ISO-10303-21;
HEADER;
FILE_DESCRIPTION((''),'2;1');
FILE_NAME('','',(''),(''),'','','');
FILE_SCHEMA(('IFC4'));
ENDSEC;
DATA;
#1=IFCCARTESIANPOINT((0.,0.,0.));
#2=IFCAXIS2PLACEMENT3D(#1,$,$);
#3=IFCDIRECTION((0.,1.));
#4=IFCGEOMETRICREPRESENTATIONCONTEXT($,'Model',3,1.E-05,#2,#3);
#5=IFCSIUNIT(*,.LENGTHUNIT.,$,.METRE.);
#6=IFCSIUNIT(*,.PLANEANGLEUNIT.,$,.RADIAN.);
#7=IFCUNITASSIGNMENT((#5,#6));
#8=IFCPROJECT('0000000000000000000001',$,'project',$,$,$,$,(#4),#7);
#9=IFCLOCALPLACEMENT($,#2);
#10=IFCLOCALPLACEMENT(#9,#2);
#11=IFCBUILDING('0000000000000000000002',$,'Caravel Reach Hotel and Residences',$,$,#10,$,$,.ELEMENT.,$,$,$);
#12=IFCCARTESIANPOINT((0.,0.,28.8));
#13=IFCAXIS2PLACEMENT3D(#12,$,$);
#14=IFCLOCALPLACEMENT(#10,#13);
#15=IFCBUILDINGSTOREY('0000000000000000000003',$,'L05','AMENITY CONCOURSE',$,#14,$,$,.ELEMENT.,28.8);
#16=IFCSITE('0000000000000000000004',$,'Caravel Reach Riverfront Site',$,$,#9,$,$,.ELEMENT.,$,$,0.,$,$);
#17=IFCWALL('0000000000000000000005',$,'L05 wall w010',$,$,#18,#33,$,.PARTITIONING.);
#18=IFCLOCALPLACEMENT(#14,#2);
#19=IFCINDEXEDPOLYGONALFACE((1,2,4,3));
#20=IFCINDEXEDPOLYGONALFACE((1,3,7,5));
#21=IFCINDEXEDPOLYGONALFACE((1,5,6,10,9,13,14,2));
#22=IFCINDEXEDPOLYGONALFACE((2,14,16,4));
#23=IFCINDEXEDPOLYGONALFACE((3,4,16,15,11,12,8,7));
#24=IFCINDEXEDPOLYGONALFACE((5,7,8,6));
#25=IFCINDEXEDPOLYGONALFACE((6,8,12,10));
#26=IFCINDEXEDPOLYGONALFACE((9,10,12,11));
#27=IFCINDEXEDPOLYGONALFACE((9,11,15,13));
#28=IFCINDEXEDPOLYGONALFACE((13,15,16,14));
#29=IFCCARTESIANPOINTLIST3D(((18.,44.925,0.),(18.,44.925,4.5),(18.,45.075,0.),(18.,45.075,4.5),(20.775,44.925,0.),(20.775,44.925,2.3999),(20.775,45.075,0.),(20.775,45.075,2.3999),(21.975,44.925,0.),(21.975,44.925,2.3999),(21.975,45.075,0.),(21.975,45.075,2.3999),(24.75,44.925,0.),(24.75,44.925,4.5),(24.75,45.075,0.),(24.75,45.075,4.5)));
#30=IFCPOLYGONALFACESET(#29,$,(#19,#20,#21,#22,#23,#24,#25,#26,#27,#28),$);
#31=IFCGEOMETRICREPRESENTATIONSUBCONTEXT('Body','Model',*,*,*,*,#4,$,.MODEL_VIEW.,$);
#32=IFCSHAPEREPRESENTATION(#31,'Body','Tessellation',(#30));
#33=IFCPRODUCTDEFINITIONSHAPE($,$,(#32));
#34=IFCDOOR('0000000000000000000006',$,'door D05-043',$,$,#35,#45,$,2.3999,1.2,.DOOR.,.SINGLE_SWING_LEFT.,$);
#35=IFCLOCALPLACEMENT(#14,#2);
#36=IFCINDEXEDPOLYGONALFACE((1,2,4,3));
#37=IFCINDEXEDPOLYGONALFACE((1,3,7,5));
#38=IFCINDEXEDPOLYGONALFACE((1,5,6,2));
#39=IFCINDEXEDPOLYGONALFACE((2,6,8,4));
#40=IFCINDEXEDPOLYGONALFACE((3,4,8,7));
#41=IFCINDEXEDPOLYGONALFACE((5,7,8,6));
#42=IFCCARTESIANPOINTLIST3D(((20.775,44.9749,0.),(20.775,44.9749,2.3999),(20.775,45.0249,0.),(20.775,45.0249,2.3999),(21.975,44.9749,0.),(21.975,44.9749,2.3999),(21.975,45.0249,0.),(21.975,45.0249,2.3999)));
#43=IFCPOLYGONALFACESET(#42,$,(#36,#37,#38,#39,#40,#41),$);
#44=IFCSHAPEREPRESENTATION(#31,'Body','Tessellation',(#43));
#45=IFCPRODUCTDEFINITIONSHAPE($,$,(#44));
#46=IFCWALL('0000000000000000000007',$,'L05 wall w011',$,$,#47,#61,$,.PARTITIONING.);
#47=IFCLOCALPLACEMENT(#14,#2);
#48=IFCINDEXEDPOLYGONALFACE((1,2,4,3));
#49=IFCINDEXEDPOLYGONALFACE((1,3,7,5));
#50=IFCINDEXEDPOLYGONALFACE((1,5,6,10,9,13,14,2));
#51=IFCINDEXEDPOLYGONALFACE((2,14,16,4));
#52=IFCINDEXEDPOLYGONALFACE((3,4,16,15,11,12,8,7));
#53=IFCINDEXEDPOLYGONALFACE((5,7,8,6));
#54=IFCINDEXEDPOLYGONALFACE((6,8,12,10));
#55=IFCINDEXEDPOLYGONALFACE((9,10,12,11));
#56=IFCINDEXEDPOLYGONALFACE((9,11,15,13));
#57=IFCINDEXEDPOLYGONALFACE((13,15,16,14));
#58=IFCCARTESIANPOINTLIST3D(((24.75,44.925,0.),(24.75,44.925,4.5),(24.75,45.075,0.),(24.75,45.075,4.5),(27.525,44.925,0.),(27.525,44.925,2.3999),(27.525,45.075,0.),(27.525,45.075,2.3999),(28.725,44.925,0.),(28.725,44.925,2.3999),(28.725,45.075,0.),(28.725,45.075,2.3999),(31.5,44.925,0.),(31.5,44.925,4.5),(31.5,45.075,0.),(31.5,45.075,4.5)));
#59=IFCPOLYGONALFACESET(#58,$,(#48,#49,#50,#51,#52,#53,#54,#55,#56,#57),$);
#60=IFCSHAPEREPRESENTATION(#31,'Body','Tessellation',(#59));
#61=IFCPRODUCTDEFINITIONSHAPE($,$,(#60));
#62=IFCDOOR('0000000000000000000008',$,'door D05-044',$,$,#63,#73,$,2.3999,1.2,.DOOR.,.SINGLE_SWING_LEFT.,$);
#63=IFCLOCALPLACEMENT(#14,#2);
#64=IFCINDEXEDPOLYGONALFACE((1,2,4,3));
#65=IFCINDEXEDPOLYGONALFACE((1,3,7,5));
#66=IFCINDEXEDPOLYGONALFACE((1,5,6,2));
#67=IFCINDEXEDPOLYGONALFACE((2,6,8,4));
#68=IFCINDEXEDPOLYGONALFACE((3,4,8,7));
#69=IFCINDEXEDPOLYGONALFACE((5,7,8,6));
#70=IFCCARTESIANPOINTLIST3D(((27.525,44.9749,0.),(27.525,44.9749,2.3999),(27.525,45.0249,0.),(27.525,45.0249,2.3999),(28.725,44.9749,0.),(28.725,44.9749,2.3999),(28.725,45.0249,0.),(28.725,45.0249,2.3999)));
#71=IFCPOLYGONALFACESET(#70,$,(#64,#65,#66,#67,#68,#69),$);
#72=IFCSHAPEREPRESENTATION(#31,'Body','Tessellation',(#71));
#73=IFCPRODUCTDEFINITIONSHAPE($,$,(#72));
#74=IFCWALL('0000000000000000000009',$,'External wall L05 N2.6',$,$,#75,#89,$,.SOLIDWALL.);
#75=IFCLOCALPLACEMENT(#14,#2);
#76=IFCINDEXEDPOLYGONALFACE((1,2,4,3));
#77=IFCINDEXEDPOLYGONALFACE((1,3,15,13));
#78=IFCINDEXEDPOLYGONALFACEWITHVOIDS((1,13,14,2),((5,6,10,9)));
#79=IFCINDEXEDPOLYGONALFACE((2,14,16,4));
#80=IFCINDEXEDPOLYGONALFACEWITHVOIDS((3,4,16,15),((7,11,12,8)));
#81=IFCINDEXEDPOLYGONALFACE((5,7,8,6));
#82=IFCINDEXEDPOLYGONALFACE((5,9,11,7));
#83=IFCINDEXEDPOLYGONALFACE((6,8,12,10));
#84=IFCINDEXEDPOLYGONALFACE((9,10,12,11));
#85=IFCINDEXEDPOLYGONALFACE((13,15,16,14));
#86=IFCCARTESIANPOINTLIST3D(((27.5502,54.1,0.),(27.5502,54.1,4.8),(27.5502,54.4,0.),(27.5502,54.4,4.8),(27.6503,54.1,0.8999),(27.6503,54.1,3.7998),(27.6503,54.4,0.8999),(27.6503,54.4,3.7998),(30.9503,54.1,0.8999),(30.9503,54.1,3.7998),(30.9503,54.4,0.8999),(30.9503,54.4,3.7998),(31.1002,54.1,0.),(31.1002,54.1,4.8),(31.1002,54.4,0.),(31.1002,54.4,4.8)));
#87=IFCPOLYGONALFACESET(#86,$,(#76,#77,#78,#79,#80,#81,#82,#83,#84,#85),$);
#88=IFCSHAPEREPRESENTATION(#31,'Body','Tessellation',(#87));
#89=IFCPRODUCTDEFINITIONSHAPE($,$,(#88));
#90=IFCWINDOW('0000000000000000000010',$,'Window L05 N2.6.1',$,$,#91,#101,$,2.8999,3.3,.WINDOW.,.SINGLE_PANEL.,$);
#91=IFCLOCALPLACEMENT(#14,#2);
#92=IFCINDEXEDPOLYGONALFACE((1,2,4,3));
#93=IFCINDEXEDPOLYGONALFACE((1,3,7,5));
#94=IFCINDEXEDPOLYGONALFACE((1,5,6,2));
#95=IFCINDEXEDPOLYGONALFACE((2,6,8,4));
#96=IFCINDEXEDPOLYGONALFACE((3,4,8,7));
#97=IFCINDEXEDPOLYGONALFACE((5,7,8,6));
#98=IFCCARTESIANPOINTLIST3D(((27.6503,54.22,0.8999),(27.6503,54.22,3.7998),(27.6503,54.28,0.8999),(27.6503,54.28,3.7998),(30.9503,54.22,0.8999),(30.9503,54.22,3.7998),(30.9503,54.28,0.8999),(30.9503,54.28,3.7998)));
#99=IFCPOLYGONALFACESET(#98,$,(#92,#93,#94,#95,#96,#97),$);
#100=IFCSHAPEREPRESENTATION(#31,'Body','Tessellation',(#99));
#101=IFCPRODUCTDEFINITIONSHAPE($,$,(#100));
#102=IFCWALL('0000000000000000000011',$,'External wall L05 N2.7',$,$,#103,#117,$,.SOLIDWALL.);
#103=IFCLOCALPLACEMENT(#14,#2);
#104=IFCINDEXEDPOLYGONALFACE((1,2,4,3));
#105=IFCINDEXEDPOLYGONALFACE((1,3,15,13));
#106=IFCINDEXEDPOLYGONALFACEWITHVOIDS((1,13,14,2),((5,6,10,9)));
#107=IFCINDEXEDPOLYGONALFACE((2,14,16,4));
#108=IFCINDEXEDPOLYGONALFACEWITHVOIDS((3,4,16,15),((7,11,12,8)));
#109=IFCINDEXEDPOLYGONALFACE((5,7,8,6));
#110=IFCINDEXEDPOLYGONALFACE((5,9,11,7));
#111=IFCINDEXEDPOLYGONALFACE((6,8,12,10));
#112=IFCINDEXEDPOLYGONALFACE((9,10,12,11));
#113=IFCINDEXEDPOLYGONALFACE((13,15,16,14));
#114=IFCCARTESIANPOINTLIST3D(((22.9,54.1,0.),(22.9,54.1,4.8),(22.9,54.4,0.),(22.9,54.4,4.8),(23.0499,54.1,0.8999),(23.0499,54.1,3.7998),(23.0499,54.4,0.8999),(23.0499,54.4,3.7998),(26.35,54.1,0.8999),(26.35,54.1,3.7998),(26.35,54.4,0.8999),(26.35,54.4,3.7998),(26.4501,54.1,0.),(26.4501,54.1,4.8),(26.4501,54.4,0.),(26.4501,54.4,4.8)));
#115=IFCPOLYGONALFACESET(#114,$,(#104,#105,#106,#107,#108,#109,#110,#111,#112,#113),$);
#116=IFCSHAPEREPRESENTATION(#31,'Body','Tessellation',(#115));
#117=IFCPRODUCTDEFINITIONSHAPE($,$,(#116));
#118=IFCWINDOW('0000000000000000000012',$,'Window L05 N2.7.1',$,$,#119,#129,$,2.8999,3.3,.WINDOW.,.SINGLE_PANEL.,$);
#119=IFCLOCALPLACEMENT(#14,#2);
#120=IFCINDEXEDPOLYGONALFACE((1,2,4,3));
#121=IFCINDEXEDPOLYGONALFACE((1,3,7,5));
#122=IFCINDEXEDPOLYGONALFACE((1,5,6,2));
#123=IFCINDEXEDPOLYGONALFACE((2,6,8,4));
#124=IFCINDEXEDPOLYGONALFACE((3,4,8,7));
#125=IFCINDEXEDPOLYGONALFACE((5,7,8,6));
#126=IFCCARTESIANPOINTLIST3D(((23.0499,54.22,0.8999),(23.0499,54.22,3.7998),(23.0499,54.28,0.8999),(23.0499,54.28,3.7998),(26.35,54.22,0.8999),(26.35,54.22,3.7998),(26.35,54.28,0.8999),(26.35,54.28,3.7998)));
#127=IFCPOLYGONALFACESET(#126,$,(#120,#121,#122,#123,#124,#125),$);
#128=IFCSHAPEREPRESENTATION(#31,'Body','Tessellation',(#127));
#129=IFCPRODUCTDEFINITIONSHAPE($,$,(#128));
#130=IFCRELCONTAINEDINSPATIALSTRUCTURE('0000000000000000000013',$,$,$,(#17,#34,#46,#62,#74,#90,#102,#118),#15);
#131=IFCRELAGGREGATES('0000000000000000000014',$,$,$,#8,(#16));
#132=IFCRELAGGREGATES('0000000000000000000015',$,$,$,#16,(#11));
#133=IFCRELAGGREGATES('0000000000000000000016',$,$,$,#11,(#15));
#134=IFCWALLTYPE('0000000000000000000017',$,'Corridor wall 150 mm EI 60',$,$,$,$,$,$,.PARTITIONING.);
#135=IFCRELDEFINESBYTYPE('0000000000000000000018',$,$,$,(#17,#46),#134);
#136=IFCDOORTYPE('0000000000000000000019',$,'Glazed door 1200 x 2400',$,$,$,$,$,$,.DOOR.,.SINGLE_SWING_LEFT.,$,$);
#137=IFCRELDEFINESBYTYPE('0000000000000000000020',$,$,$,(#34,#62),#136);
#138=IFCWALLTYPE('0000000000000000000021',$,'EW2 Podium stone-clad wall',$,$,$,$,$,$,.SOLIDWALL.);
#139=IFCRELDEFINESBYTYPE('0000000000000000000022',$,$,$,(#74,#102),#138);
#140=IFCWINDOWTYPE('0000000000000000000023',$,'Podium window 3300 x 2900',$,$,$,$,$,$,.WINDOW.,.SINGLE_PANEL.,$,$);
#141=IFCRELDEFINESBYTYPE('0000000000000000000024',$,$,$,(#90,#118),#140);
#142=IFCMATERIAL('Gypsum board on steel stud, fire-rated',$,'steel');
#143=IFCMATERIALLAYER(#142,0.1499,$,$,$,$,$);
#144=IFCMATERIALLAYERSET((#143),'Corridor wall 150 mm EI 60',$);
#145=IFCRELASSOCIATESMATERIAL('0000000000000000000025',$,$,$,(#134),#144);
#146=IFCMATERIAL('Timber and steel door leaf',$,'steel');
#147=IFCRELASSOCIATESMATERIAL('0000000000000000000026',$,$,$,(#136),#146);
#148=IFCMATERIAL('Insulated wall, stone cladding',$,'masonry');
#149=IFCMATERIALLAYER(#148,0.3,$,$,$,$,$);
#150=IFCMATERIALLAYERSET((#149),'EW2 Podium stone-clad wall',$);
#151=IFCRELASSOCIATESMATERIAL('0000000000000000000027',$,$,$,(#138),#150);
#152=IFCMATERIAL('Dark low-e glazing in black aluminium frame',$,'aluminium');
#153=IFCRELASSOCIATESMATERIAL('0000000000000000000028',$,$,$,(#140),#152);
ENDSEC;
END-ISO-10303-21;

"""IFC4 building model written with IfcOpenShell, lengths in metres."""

from ifc_helpers import new_model, si_unit, direction, frame, frame_2d, origin, place, context, subcontext, project, spatial, rectangle, extrude, material, layer, layer_set, type_object, element, fill, save


model = new_model("IFC4")

# Units and contexts
model_context = context("Model", 3, precision=1e-05, world=origin(), true_north=direction((0.0, 1.0)))
body_context = subcontext(model_context, "Body", "Model", "MODEL_VIEW")
ifc_project = project(units=[si_unit("LENGTHUNIT", "METRE"), si_unit("PLANEANGLEUNIT", "RADIAN")], contexts=[model_context])

# Site, building, storey
site_placement = place(None, origin())
site = spatial("IfcSite", under=ifc_project, at=site_placement, Name="Caravel Reach Riverfront Site", CompositionType="ELEMENT", RefElevation=0.0)
building_placement = place(site_placement, origin())
building = spatial("IfcBuilding", under=site, at=building_placement, Name="Caravel Reach Hotel and Residences", CompositionType="ELEMENT")
storey_placement = place(building_placement, frame((0.0, 0.0, 28.8)))
storey = spatial("IfcBuildingStorey", under=building, at=storey_placement, Name="L05", Description="AMENITY CONCOURSE", CompositionType="ELEMENT", Elevation=28.8)

# Walls, openings, doors
ifc_material_1 = material(Name="Gypsum board on steel stud, fire-rated", Category="steel")
ifc_layer_1 = layer(ifc_material_1, 0.1499)
ifc_layer_set_1 = layer_set([ifc_layer_1], Name="Corridor wall 150 mm EI 60")
wall_type_1 = type_object("IfcWallType", Name="Corridor wall 150 mm EI 60", PredefinedType="PARTITIONING", material=ifc_layer_set_1)
wall_1_placement = place(storey_placement, frame((18.0, 45.0, 0.0), z_axis=(0.0, 0.0, 1.0), x_axis=(1.0, 0.0, 0.0)))
wall_1 = element("IfcWall", 1, at=wall_1_placement, inside=storey, type_object=wall_type_1, Name="L05 wall w010", PredefinedType="PARTITIONING", context=body_context, shape_type="SweptSolid", body=[
    extrude(rectangle(XDim=6.75, YDim=0.1499, at=frame_2d((3.375, 0.0))), origin(), (0.0, 0.0, 1.0), 4.5),
])
opening_1_placement = place(wall_1_placement, frame((2.7749, 0.0, 0.0)))
opening_1 = element("IfcOpeningElement", 2, at=opening_1_placement, cuts=wall_1, PredefinedType="OPENING", context=body_context, shape_type="SweptSolid", body=[
    extrude(rectangle(XDim=1.2, YDim=2.3999, at=frame_2d((0.6001, 1.2))), frame((0.0, 0.085, 0.0), z_axis=(0.0, -1.0, 0.0), x_axis=(1.0, 0.0, 0.0)), (0.0, 0.0, 1.0), 0.1699),
])
ifc_material_2 = material(Name="Timber and steel door leaf", Category="steel")
door_type = type_object("IfcDoorType", Name="Glazed door 1200 x 2400", OperationType="SINGLE_SWING_LEFT", PredefinedType="DOOR", material=ifc_material_2)
door_1_placement = place(opening_1_placement, origin())
door_1 = element("IfcDoor", 3, at=door_1_placement, inside=storey, type_object=door_type, Name="door D05-043", OperationType="SINGLE_SWING_LEFT", OverallHeight=2.3999, OverallWidth=1.2, PredefinedType="DOOR", context=body_context, shape_type="SweptSolid", body=[
    extrude(rectangle(XDim=1.2, YDim=2.3999, at=frame_2d((0.6001, 1.2))), frame((0.0, 0.0249, 0.0), z_axis=(0.0, -1.0, 0.0), x_axis=(1.0, 0.0, 0.0)), (0.0, 0.0, 1.0), 0.05),
])
fill(opening_1, door_1)
wall_2_placement = place(storey_placement, frame((24.75, 45.0, 0.0), z_axis=(0.0, 0.0, 1.0), x_axis=(1.0, 0.0, 0.0)))
wall_2 = element("IfcWall", 4, at=wall_2_placement, inside=storey, type_object=wall_type_1, Name="L05 wall w011", PredefinedType="PARTITIONING", context=body_context, shape_type="SweptSolid", body=[
    extrude(rectangle(XDim=6.75, YDim=0.1499, at=frame_2d((3.375, 0.0))), origin(), (0.0, 0.0, 1.0), 4.5),
])
opening_2_placement = place(wall_2_placement, frame((2.7749, 0.0, 0.0)))
opening_2 = element("IfcOpeningElement", 5, at=opening_2_placement, cuts=wall_2, PredefinedType="OPENING", context=body_context, shape_type="SweptSolid", body=[
    extrude(rectangle(XDim=1.2, YDim=2.3999, at=frame_2d((0.6001, 1.2))), frame((0.0, 0.085, 0.0), z_axis=(0.0, -1.0, 0.0), x_axis=(1.0, 0.0, 0.0)), (0.0, 0.0, 1.0), 0.1699),
])
door_2_placement = place(opening_2_placement, origin())
door_2 = element("IfcDoor", 6, at=door_2_placement, inside=storey, type_object=door_type, Name="door D05-044", OperationType="SINGLE_SWING_LEFT", OverallHeight=2.3999, OverallWidth=1.2, PredefinedType="DOOR", context=body_context, shape_type="SweptSolid", body=[
    extrude(rectangle(XDim=1.2, YDim=2.3999, at=frame_2d((0.6001, 1.2))), frame((0.0, 0.0249, 0.0), z_axis=(0.0, -1.0, 0.0), x_axis=(1.0, 0.0, 0.0)), (0.0, 0.0, 1.0), 0.05),
])
fill(opening_2, door_2)

# Walls, openings, windows
ifc_material_3 = material(Name="Insulated wall, stone cladding", Category="masonry")
ifc_layer_2 = layer(ifc_material_3, 0.3)
ifc_layer_set_2 = layer_set([ifc_layer_2], Name="EW2 Podium stone-clad wall")
wall_type_2 = type_object("IfcWallType", Name="EW2 Podium stone-clad wall", PredefinedType="SOLIDWALL", material=ifc_layer_set_2)
wall_3_placement = place(storey_placement, frame((31.1001, 54.25, 0.0), z_axis=(0.0, 0.0, 1.0), x_axis=(-1.0, 0.0, 0.0)))
wall_3 = element("IfcWall", 7, at=wall_3_placement, inside=storey, type_object=wall_type_2, Name="External wall L05 N2.6", PredefinedType="SOLIDWALL", context=body_context, shape_type="SweptSolid", body=[
    extrude(rectangle(XDim=3.55, YDim=0.3, at=frame_2d((1.7749, 0.0))), origin(), (0.0, 0.0, 1.0), 4.8),
])
opening_3_placement = place(wall_3_placement, frame((0.1499, 0.0, 0.8999)))
opening_3 = element("IfcOpeningElement", 8, at=opening_3_placement, cuts=wall_3, PredefinedType="OPENING", context=body_context, shape_type="SweptSolid", body=[
    extrude(rectangle(XDim=3.3, YDim=2.8999, at=frame_2d((1.6499, 1.45))), frame((0.0, 0.1599, 0.0), z_axis=(0.0, -1.0, 0.0), x_axis=(1.0, 0.0, 0.0)), (0.0, 0.0, 1.0), 0.3201),
])
ifc_material_4 = material(Name="Dark low-e glazing in black aluminium frame", Category="aluminium")
window_type = type_object("IfcWindowType", Name="Podium window 3300 x 2900", PartitioningType="SINGLE_PANEL", PredefinedType="WINDOW", material=ifc_material_4)
window_1_placement = place(opening_3_placement, origin())
window_1 = element("IfcWindow", 9, at=window_1_placement, inside=storey, type_object=window_type, Name="Window L05 N2.6.1", OverallHeight=2.8999, OverallWidth=3.3, PartitioningType="SINGLE_PANEL", PredefinedType="WINDOW", context=body_context, shape_type="SweptSolid", body=[
    extrude(rectangle(XDim=3.3, YDim=2.8999, at=frame_2d((1.6499, 1.45))), frame((0.0, 0.03, 0.0), z_axis=(0.0, -1.0, 0.0), x_axis=(1.0, 0.0, 0.0)), (0.0, 0.0, 1.0), 0.0601),
])
fill(opening_3, window_1)
wall_4_placement = place(storey_placement, frame((26.45, 54.25, 0.0), z_axis=(0.0, 0.0, 1.0), x_axis=(-1.0, 0.0, 0.0)))
wall_4 = element("IfcWall", 10, at=wall_4_placement, inside=storey, type_object=wall_type_2, Name="External wall L05 N2.7", PredefinedType="SOLIDWALL", context=body_context, shape_type="SweptSolid", body=[
    extrude(rectangle(XDim=3.55, YDim=0.3, at=frame_2d((1.7749, 0.0))), origin(), (0.0, 0.0, 1.0), 4.8),
])
opening_4_placement = place(wall_4_placement, frame((0.1001, 0.0, 0.8999)))
opening_4 = element("IfcOpeningElement", 11, at=opening_4_placement, cuts=wall_4, PredefinedType="OPENING", context=body_context, shape_type="SweptSolid", body=[
    extrude(rectangle(XDim=3.3, YDim=2.8999, at=frame_2d((1.6499, 1.45))), frame((0.0, 0.1599, 0.0), z_axis=(0.0, -1.0, 0.0), x_axis=(1.0, 0.0, 0.0)), (0.0, 0.0, 1.0), 0.3201),
])
window_2_placement = place(opening_4_placement, origin())
window_2 = element("IfcWindow", 12, at=window_2_placement, inside=storey, type_object=window_type, Name="Window L05 N2.7.1", OverallHeight=2.8999, OverallWidth=3.3, PartitioningType="SINGLE_PANEL", PredefinedType="WINDOW", context=body_context, shape_type="SweptSolid", body=[
    extrude(rectangle(XDim=3.3, YDim=2.8999, at=frame_2d((1.6499, 1.45))), frame((0.0, 0.03, 0.0), z_axis=(0.0, -1.0, 0.0), x_axis=(1.0, 0.0, 0.0)), (0.0, 0.0, 1.0), 0.0601),
])
fill(opening_4, window_2)

save(model, "model.ifc")
